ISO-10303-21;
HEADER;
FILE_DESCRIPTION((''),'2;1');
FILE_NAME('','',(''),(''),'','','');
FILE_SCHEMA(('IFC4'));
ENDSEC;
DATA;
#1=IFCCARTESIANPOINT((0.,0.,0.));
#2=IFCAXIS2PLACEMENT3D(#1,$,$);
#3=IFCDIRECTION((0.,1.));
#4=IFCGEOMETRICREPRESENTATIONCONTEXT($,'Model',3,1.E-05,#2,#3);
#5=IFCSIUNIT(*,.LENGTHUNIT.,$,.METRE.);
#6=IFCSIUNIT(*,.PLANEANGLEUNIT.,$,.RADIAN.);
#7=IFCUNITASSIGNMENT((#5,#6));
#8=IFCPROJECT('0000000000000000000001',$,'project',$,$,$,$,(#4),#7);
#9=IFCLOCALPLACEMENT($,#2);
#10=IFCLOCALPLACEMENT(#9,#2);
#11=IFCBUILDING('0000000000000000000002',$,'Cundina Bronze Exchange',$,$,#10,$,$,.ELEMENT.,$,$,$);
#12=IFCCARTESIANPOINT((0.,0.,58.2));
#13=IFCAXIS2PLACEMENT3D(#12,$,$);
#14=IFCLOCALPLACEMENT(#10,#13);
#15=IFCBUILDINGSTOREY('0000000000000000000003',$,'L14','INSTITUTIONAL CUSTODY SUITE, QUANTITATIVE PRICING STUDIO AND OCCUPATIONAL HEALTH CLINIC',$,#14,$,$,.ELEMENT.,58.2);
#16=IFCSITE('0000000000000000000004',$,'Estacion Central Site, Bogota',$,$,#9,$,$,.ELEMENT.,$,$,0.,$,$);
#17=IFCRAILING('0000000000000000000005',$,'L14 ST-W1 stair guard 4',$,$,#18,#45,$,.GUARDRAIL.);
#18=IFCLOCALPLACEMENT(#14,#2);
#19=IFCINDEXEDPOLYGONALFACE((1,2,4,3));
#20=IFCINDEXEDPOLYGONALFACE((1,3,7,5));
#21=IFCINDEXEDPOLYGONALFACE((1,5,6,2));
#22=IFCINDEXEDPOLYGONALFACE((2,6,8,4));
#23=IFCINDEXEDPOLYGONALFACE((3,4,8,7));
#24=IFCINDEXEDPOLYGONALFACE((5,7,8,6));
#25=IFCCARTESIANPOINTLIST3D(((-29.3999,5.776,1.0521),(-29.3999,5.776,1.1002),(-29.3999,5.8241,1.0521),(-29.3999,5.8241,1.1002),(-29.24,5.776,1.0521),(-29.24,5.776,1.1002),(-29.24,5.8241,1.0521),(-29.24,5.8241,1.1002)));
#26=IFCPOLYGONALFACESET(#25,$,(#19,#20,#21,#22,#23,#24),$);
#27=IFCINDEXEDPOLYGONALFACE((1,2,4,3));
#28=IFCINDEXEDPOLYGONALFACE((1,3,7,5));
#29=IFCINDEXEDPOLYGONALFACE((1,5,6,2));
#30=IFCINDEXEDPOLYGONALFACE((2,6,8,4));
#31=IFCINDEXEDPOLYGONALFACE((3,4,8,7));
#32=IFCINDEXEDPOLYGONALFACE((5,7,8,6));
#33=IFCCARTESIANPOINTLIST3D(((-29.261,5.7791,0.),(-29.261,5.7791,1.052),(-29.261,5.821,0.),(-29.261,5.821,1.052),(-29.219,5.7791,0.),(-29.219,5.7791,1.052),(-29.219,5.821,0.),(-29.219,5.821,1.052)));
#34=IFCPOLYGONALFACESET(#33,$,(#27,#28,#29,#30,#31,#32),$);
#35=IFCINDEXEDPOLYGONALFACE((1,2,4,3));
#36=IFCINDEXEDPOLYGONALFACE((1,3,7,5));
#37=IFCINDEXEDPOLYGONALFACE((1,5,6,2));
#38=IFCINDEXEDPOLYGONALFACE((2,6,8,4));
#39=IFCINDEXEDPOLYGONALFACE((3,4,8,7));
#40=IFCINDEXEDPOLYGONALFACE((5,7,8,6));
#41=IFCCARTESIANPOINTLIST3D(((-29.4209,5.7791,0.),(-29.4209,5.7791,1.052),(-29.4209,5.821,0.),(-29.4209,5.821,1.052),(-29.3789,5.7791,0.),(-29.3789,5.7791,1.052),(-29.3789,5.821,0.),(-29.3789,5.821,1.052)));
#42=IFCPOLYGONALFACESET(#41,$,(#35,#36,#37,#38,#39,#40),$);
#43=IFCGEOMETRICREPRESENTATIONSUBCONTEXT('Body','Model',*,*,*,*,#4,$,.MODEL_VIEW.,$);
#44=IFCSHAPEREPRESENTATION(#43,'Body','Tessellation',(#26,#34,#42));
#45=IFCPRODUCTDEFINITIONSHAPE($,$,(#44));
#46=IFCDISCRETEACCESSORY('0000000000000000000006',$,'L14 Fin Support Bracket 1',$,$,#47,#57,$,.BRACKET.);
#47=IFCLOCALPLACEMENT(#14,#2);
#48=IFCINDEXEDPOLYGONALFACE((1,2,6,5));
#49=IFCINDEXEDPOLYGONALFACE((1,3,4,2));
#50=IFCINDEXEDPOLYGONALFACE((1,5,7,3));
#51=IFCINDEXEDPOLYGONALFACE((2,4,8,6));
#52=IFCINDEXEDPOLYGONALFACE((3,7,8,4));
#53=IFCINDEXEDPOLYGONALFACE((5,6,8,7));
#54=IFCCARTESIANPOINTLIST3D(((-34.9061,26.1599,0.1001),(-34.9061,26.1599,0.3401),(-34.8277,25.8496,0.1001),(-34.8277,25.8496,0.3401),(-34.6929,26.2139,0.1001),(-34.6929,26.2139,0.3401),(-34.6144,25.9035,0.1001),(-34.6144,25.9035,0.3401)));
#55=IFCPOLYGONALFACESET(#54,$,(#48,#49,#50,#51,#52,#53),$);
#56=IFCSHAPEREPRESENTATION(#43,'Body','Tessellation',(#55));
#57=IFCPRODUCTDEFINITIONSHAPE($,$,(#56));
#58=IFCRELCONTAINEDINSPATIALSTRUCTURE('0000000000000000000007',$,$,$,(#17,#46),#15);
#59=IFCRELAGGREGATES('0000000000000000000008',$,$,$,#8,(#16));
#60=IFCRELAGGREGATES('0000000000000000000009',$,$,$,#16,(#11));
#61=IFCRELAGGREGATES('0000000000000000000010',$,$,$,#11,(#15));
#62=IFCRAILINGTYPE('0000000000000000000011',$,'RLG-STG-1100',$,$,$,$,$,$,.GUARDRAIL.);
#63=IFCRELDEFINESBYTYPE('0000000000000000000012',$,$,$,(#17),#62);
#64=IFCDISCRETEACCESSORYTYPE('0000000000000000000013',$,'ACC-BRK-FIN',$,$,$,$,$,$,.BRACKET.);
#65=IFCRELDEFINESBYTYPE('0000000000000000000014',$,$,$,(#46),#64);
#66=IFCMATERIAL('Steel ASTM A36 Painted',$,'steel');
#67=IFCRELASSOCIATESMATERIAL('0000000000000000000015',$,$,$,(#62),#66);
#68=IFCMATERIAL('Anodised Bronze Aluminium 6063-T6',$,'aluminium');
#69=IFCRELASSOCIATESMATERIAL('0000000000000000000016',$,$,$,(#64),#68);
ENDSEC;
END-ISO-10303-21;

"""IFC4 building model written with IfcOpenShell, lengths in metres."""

from ifc_helpers import new_model, si_unit, direction, frame, origin, origin_2d, place, context, subcontext, project, spatial, rectangle, extrude, material, type_object, element, save


model = new_model("IFC4")

# Units and contexts
model_context = context("Model", 3, precision=1e-05, world=origin(), true_north=direction((0.0, 1.0)))
body_context = subcontext(model_context, "Body", "Model", "MODEL_VIEW")
ifc_project = project(units=[si_unit("LENGTHUNIT", "METRE"), si_unit("PLANEANGLEUNIT", "RADIAN")], contexts=[model_context])

# Site, building, storey
site_placement = place(None, origin())
site = spatial("IfcSite", under=ifc_project, at=site_placement, Name="Estacion Central Site, Bogota", CompositionType="ELEMENT", RefElevation=0.0)
building_placement = place(site_placement, origin())
building = spatial("IfcBuilding", under=site, at=building_placement, Name="Cundina Bronze Exchange", CompositionType="ELEMENT")
storey_placement = place(building_placement, frame((0.0, 0.0, 58.2)))
storey = spatial("IfcBuildingStorey", under=building, at=storey_placement, Name="L14", Description="INSTITUTIONAL CUSTODY SUITE, QUANTITATIVE PRICING STUDIO AND OCCUPATIONAL HEALTH CLINIC", CompositionType="ELEMENT", Elevation=58.2)

# Shared definitions
ifc_material_1 = material(Name="Anodised Bronze Aluminium 6063-T6", Category="aluminium")

# Shared definitions
ifc_material_2 = material(Name="Steel ASTM A36 Painted", Category="steel")

# Railing
railing_type_1 = type_object("IfcRailingType", Name="RLG-STG-1100", PredefinedType="GUARDRAIL", material=ifc_material_2)
railing_1_placement = place(storey_placement, frame((-29.24, 5.8, 0.0)))
element("IfcRailing", 1, at=railing_1_placement, inside=storey, type_object=railing_type_1, Name="L14 ST-W1 stair guard 4", PredefinedType="GUARDRAIL", context=body_context, shape_type="SweptSolid", body=[
    extrude(rectangle(XDim=0.0481, YDim=0.0481, at=origin_2d()), frame((0.0, 0.0, 1.0762), z_axis=(-1.0, 0.0, 0.0), x_axis=(0.0, -1.0, 0.0)), (0.0, 0.0, 1.0), 0.1599),
    extrude(rectangle(XDim=0.042, YDim=0.042, at=origin_2d()), origin(), (0.0, 0.0, 1.0), 1.052),
    extrude(rectangle(XDim=0.042, YDim=0.042, at=origin_2d()), frame((-0.1599, 0.0, 0.0)), (0.0, 0.0, 1.0), 1.052),
])

# Discrete accessory
discrete_accessory_type = type_object("IfcDiscreteAccessoryType", Name="ACC-BRK-FIN", PredefinedType="BRACKET", material=ifc_material_1)
discrete_accessory_placement = place(storey_placement, frame((-34.7603, 26.0317, 0.1001), z_axis=(0.0, 0.0, 1.0), x_axis=(-0.969488, -0.245138, 0.0)))
element("IfcDiscreteAccessory", 2, at=discrete_accessory_placement, inside=storey, type_object=discrete_accessory_type, Name="L14 Fin Support Bracket 1", PredefinedType="BRACKET", context=body_context, shape_type="SweptSolid", body=[
    extrude(rectangle(XDim=0.22, YDim=0.3201, at=origin_2d()), origin(), (0.0, 0.0, 1.0), 0.24),
])

save(model, "model.ifc")
